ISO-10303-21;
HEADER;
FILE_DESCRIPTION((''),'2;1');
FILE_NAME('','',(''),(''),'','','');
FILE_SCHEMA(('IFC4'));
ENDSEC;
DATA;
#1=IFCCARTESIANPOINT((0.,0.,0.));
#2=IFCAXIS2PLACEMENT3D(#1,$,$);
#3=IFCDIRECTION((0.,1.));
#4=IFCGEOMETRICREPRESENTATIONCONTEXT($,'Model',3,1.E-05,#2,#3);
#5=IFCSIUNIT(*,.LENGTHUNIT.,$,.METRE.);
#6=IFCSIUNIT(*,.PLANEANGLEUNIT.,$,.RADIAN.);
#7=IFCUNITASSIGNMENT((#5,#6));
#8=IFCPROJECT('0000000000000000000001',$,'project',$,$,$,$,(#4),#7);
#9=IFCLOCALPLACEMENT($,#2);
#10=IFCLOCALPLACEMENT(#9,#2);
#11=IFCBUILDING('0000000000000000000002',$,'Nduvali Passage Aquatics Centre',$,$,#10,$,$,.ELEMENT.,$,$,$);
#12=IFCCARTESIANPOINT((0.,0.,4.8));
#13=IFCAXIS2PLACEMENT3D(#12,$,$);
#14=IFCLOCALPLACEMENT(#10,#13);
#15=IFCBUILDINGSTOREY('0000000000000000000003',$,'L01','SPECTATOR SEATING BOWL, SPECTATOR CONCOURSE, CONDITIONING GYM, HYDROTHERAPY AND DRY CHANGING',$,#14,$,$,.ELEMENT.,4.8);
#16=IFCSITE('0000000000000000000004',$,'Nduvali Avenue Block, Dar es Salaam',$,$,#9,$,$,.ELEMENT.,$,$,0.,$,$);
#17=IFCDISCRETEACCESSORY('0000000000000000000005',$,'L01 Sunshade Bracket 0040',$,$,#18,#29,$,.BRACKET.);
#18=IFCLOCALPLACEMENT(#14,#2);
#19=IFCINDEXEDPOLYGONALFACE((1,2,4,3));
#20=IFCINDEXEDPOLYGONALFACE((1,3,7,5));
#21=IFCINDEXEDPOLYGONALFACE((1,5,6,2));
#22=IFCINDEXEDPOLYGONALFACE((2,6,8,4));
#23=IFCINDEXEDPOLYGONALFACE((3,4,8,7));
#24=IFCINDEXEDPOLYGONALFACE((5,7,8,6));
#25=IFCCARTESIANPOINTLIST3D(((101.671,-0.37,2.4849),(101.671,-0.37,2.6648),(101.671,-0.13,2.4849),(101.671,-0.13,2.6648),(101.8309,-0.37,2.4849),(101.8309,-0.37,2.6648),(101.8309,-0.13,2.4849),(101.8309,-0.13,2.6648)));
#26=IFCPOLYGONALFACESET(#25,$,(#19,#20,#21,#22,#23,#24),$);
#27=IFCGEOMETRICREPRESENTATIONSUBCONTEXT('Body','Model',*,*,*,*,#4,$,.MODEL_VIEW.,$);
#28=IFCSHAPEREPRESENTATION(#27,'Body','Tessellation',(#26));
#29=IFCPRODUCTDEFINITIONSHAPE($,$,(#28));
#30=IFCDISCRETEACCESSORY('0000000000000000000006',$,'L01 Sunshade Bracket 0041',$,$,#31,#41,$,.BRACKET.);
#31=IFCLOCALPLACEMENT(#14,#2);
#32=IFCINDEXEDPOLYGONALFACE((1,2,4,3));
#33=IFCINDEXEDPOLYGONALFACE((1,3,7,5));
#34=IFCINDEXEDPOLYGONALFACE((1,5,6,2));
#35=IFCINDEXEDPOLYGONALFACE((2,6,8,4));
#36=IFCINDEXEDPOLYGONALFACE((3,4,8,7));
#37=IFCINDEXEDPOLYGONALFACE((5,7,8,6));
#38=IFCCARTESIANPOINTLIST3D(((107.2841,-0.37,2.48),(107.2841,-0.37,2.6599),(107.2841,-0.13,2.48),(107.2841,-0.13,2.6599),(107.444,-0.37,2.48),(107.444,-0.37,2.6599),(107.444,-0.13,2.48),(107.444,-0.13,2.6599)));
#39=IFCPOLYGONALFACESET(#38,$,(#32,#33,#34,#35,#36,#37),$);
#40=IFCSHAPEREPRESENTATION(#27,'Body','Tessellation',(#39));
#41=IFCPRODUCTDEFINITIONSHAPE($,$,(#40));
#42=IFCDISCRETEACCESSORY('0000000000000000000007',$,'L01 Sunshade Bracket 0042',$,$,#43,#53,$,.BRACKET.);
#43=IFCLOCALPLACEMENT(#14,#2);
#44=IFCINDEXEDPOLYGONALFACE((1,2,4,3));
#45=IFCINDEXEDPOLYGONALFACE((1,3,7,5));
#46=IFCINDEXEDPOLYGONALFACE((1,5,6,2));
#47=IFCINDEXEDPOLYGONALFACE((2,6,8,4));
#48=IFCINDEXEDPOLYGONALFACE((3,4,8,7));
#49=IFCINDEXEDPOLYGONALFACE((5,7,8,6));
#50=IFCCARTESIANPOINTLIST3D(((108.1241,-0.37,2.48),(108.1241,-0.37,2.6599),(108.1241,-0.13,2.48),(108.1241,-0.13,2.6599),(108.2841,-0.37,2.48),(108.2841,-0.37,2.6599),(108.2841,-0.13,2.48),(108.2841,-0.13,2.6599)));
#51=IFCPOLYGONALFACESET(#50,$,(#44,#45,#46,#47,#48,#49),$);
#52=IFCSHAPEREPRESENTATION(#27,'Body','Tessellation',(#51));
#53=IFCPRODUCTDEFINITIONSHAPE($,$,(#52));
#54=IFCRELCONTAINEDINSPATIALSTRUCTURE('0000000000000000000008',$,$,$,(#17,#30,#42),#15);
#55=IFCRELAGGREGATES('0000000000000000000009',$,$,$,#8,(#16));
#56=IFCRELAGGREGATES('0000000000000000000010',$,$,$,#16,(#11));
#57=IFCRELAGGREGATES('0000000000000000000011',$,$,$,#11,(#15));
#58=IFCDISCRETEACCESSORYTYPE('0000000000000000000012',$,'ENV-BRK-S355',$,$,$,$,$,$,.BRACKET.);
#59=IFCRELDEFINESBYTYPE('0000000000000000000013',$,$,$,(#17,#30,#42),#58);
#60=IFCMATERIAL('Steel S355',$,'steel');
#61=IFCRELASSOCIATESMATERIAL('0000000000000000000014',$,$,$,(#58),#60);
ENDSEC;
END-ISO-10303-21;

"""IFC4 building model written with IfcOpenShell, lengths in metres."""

from ifc_helpers import new_model, si_unit, direction, frame, origin, origin_2d, place, context, subcontext, project, spatial, rectangle, extrude, material, type_object, element, save


model = new_model("IFC4")

# Units and contexts
model_context = context("Model", 3, precision=1e-05, world=origin(), true_north=direction((0.0, 1.0)))
body_context = subcontext(model_context, "Body", "Model", "MODEL_VIEW")
ifc_project = project(units=[si_unit("LENGTHUNIT", "METRE"), si_unit("PLANEANGLEUNIT", "RADIAN")], contexts=[model_context])

# Site, building, storey
site_placement = place(None, origin())
site = spatial("IfcSite", under=ifc_project, at=site_placement, Name="Nduvali Avenue Block, Dar es Salaam", CompositionType="ELEMENT", RefElevation=0.0)
building_placement = place(site_placement, origin())
building = spatial("IfcBuilding", under=site, at=building_placement, Name="Nduvali Passage Aquatics Centre", CompositionType="ELEMENT")
storey_placement = place(building_placement, frame((0.0, 0.0, 4.8)))
storey = spatial("IfcBuildingStorey", under=building, at=storey_placement, Name="L01", Description="SPECTATOR SEATING BOWL, SPECTATOR CONCOURSE, CONDITIONING GYM, HYDROTHERAPY AND DRY CHANGING", CompositionType="ELEMENT", Elevation=4.8)

# Shared definitions
ifc_material_1 = material(Name="Steel S355", Category="steel")

# Discrete accessories
discrete_accessory_type = type_object("IfcDiscreteAccessoryType", Name="ENV-BRK-S355", PredefinedType="BRACKET", material=ifc_material_1)
for number, where, z_axis, x_axis, name in (
    (1, (101.751, -0.25, 2.4849), (0.0, 0.0, 1.0), (1.0, 0.0, 0.0), "L01 Sunshade Bracket 0040"),
    (2, (107.364, -0.25, 2.48), (0.0, 0.0, 1.0), (1.0, 0.0, 0.0), "L01 Sunshade Bracket 0041"),
    (3, (108.2041, -0.25, 2.48), (0.0, 0.0, 1.0), (1.0, 0.0, 0.0), "L01 Sunshade Bracket 0042"),
):
    element("IfcDiscreteAccessory", number, at=place(storey_placement, frame(where, z_axis=z_axis, x_axis=x_axis)), inside=storey, type_object=discrete_accessory_type, Name=name, PredefinedType="BRACKET", context=body_context, shape_type="SweptSolid", body=[
        extrude(rectangle(XDim=0.1599, YDim=0.24, at=origin_2d()), origin(), (0.0, 0.0, 1.0), 0.1799),
    ])

save(model, "model.ifc")
